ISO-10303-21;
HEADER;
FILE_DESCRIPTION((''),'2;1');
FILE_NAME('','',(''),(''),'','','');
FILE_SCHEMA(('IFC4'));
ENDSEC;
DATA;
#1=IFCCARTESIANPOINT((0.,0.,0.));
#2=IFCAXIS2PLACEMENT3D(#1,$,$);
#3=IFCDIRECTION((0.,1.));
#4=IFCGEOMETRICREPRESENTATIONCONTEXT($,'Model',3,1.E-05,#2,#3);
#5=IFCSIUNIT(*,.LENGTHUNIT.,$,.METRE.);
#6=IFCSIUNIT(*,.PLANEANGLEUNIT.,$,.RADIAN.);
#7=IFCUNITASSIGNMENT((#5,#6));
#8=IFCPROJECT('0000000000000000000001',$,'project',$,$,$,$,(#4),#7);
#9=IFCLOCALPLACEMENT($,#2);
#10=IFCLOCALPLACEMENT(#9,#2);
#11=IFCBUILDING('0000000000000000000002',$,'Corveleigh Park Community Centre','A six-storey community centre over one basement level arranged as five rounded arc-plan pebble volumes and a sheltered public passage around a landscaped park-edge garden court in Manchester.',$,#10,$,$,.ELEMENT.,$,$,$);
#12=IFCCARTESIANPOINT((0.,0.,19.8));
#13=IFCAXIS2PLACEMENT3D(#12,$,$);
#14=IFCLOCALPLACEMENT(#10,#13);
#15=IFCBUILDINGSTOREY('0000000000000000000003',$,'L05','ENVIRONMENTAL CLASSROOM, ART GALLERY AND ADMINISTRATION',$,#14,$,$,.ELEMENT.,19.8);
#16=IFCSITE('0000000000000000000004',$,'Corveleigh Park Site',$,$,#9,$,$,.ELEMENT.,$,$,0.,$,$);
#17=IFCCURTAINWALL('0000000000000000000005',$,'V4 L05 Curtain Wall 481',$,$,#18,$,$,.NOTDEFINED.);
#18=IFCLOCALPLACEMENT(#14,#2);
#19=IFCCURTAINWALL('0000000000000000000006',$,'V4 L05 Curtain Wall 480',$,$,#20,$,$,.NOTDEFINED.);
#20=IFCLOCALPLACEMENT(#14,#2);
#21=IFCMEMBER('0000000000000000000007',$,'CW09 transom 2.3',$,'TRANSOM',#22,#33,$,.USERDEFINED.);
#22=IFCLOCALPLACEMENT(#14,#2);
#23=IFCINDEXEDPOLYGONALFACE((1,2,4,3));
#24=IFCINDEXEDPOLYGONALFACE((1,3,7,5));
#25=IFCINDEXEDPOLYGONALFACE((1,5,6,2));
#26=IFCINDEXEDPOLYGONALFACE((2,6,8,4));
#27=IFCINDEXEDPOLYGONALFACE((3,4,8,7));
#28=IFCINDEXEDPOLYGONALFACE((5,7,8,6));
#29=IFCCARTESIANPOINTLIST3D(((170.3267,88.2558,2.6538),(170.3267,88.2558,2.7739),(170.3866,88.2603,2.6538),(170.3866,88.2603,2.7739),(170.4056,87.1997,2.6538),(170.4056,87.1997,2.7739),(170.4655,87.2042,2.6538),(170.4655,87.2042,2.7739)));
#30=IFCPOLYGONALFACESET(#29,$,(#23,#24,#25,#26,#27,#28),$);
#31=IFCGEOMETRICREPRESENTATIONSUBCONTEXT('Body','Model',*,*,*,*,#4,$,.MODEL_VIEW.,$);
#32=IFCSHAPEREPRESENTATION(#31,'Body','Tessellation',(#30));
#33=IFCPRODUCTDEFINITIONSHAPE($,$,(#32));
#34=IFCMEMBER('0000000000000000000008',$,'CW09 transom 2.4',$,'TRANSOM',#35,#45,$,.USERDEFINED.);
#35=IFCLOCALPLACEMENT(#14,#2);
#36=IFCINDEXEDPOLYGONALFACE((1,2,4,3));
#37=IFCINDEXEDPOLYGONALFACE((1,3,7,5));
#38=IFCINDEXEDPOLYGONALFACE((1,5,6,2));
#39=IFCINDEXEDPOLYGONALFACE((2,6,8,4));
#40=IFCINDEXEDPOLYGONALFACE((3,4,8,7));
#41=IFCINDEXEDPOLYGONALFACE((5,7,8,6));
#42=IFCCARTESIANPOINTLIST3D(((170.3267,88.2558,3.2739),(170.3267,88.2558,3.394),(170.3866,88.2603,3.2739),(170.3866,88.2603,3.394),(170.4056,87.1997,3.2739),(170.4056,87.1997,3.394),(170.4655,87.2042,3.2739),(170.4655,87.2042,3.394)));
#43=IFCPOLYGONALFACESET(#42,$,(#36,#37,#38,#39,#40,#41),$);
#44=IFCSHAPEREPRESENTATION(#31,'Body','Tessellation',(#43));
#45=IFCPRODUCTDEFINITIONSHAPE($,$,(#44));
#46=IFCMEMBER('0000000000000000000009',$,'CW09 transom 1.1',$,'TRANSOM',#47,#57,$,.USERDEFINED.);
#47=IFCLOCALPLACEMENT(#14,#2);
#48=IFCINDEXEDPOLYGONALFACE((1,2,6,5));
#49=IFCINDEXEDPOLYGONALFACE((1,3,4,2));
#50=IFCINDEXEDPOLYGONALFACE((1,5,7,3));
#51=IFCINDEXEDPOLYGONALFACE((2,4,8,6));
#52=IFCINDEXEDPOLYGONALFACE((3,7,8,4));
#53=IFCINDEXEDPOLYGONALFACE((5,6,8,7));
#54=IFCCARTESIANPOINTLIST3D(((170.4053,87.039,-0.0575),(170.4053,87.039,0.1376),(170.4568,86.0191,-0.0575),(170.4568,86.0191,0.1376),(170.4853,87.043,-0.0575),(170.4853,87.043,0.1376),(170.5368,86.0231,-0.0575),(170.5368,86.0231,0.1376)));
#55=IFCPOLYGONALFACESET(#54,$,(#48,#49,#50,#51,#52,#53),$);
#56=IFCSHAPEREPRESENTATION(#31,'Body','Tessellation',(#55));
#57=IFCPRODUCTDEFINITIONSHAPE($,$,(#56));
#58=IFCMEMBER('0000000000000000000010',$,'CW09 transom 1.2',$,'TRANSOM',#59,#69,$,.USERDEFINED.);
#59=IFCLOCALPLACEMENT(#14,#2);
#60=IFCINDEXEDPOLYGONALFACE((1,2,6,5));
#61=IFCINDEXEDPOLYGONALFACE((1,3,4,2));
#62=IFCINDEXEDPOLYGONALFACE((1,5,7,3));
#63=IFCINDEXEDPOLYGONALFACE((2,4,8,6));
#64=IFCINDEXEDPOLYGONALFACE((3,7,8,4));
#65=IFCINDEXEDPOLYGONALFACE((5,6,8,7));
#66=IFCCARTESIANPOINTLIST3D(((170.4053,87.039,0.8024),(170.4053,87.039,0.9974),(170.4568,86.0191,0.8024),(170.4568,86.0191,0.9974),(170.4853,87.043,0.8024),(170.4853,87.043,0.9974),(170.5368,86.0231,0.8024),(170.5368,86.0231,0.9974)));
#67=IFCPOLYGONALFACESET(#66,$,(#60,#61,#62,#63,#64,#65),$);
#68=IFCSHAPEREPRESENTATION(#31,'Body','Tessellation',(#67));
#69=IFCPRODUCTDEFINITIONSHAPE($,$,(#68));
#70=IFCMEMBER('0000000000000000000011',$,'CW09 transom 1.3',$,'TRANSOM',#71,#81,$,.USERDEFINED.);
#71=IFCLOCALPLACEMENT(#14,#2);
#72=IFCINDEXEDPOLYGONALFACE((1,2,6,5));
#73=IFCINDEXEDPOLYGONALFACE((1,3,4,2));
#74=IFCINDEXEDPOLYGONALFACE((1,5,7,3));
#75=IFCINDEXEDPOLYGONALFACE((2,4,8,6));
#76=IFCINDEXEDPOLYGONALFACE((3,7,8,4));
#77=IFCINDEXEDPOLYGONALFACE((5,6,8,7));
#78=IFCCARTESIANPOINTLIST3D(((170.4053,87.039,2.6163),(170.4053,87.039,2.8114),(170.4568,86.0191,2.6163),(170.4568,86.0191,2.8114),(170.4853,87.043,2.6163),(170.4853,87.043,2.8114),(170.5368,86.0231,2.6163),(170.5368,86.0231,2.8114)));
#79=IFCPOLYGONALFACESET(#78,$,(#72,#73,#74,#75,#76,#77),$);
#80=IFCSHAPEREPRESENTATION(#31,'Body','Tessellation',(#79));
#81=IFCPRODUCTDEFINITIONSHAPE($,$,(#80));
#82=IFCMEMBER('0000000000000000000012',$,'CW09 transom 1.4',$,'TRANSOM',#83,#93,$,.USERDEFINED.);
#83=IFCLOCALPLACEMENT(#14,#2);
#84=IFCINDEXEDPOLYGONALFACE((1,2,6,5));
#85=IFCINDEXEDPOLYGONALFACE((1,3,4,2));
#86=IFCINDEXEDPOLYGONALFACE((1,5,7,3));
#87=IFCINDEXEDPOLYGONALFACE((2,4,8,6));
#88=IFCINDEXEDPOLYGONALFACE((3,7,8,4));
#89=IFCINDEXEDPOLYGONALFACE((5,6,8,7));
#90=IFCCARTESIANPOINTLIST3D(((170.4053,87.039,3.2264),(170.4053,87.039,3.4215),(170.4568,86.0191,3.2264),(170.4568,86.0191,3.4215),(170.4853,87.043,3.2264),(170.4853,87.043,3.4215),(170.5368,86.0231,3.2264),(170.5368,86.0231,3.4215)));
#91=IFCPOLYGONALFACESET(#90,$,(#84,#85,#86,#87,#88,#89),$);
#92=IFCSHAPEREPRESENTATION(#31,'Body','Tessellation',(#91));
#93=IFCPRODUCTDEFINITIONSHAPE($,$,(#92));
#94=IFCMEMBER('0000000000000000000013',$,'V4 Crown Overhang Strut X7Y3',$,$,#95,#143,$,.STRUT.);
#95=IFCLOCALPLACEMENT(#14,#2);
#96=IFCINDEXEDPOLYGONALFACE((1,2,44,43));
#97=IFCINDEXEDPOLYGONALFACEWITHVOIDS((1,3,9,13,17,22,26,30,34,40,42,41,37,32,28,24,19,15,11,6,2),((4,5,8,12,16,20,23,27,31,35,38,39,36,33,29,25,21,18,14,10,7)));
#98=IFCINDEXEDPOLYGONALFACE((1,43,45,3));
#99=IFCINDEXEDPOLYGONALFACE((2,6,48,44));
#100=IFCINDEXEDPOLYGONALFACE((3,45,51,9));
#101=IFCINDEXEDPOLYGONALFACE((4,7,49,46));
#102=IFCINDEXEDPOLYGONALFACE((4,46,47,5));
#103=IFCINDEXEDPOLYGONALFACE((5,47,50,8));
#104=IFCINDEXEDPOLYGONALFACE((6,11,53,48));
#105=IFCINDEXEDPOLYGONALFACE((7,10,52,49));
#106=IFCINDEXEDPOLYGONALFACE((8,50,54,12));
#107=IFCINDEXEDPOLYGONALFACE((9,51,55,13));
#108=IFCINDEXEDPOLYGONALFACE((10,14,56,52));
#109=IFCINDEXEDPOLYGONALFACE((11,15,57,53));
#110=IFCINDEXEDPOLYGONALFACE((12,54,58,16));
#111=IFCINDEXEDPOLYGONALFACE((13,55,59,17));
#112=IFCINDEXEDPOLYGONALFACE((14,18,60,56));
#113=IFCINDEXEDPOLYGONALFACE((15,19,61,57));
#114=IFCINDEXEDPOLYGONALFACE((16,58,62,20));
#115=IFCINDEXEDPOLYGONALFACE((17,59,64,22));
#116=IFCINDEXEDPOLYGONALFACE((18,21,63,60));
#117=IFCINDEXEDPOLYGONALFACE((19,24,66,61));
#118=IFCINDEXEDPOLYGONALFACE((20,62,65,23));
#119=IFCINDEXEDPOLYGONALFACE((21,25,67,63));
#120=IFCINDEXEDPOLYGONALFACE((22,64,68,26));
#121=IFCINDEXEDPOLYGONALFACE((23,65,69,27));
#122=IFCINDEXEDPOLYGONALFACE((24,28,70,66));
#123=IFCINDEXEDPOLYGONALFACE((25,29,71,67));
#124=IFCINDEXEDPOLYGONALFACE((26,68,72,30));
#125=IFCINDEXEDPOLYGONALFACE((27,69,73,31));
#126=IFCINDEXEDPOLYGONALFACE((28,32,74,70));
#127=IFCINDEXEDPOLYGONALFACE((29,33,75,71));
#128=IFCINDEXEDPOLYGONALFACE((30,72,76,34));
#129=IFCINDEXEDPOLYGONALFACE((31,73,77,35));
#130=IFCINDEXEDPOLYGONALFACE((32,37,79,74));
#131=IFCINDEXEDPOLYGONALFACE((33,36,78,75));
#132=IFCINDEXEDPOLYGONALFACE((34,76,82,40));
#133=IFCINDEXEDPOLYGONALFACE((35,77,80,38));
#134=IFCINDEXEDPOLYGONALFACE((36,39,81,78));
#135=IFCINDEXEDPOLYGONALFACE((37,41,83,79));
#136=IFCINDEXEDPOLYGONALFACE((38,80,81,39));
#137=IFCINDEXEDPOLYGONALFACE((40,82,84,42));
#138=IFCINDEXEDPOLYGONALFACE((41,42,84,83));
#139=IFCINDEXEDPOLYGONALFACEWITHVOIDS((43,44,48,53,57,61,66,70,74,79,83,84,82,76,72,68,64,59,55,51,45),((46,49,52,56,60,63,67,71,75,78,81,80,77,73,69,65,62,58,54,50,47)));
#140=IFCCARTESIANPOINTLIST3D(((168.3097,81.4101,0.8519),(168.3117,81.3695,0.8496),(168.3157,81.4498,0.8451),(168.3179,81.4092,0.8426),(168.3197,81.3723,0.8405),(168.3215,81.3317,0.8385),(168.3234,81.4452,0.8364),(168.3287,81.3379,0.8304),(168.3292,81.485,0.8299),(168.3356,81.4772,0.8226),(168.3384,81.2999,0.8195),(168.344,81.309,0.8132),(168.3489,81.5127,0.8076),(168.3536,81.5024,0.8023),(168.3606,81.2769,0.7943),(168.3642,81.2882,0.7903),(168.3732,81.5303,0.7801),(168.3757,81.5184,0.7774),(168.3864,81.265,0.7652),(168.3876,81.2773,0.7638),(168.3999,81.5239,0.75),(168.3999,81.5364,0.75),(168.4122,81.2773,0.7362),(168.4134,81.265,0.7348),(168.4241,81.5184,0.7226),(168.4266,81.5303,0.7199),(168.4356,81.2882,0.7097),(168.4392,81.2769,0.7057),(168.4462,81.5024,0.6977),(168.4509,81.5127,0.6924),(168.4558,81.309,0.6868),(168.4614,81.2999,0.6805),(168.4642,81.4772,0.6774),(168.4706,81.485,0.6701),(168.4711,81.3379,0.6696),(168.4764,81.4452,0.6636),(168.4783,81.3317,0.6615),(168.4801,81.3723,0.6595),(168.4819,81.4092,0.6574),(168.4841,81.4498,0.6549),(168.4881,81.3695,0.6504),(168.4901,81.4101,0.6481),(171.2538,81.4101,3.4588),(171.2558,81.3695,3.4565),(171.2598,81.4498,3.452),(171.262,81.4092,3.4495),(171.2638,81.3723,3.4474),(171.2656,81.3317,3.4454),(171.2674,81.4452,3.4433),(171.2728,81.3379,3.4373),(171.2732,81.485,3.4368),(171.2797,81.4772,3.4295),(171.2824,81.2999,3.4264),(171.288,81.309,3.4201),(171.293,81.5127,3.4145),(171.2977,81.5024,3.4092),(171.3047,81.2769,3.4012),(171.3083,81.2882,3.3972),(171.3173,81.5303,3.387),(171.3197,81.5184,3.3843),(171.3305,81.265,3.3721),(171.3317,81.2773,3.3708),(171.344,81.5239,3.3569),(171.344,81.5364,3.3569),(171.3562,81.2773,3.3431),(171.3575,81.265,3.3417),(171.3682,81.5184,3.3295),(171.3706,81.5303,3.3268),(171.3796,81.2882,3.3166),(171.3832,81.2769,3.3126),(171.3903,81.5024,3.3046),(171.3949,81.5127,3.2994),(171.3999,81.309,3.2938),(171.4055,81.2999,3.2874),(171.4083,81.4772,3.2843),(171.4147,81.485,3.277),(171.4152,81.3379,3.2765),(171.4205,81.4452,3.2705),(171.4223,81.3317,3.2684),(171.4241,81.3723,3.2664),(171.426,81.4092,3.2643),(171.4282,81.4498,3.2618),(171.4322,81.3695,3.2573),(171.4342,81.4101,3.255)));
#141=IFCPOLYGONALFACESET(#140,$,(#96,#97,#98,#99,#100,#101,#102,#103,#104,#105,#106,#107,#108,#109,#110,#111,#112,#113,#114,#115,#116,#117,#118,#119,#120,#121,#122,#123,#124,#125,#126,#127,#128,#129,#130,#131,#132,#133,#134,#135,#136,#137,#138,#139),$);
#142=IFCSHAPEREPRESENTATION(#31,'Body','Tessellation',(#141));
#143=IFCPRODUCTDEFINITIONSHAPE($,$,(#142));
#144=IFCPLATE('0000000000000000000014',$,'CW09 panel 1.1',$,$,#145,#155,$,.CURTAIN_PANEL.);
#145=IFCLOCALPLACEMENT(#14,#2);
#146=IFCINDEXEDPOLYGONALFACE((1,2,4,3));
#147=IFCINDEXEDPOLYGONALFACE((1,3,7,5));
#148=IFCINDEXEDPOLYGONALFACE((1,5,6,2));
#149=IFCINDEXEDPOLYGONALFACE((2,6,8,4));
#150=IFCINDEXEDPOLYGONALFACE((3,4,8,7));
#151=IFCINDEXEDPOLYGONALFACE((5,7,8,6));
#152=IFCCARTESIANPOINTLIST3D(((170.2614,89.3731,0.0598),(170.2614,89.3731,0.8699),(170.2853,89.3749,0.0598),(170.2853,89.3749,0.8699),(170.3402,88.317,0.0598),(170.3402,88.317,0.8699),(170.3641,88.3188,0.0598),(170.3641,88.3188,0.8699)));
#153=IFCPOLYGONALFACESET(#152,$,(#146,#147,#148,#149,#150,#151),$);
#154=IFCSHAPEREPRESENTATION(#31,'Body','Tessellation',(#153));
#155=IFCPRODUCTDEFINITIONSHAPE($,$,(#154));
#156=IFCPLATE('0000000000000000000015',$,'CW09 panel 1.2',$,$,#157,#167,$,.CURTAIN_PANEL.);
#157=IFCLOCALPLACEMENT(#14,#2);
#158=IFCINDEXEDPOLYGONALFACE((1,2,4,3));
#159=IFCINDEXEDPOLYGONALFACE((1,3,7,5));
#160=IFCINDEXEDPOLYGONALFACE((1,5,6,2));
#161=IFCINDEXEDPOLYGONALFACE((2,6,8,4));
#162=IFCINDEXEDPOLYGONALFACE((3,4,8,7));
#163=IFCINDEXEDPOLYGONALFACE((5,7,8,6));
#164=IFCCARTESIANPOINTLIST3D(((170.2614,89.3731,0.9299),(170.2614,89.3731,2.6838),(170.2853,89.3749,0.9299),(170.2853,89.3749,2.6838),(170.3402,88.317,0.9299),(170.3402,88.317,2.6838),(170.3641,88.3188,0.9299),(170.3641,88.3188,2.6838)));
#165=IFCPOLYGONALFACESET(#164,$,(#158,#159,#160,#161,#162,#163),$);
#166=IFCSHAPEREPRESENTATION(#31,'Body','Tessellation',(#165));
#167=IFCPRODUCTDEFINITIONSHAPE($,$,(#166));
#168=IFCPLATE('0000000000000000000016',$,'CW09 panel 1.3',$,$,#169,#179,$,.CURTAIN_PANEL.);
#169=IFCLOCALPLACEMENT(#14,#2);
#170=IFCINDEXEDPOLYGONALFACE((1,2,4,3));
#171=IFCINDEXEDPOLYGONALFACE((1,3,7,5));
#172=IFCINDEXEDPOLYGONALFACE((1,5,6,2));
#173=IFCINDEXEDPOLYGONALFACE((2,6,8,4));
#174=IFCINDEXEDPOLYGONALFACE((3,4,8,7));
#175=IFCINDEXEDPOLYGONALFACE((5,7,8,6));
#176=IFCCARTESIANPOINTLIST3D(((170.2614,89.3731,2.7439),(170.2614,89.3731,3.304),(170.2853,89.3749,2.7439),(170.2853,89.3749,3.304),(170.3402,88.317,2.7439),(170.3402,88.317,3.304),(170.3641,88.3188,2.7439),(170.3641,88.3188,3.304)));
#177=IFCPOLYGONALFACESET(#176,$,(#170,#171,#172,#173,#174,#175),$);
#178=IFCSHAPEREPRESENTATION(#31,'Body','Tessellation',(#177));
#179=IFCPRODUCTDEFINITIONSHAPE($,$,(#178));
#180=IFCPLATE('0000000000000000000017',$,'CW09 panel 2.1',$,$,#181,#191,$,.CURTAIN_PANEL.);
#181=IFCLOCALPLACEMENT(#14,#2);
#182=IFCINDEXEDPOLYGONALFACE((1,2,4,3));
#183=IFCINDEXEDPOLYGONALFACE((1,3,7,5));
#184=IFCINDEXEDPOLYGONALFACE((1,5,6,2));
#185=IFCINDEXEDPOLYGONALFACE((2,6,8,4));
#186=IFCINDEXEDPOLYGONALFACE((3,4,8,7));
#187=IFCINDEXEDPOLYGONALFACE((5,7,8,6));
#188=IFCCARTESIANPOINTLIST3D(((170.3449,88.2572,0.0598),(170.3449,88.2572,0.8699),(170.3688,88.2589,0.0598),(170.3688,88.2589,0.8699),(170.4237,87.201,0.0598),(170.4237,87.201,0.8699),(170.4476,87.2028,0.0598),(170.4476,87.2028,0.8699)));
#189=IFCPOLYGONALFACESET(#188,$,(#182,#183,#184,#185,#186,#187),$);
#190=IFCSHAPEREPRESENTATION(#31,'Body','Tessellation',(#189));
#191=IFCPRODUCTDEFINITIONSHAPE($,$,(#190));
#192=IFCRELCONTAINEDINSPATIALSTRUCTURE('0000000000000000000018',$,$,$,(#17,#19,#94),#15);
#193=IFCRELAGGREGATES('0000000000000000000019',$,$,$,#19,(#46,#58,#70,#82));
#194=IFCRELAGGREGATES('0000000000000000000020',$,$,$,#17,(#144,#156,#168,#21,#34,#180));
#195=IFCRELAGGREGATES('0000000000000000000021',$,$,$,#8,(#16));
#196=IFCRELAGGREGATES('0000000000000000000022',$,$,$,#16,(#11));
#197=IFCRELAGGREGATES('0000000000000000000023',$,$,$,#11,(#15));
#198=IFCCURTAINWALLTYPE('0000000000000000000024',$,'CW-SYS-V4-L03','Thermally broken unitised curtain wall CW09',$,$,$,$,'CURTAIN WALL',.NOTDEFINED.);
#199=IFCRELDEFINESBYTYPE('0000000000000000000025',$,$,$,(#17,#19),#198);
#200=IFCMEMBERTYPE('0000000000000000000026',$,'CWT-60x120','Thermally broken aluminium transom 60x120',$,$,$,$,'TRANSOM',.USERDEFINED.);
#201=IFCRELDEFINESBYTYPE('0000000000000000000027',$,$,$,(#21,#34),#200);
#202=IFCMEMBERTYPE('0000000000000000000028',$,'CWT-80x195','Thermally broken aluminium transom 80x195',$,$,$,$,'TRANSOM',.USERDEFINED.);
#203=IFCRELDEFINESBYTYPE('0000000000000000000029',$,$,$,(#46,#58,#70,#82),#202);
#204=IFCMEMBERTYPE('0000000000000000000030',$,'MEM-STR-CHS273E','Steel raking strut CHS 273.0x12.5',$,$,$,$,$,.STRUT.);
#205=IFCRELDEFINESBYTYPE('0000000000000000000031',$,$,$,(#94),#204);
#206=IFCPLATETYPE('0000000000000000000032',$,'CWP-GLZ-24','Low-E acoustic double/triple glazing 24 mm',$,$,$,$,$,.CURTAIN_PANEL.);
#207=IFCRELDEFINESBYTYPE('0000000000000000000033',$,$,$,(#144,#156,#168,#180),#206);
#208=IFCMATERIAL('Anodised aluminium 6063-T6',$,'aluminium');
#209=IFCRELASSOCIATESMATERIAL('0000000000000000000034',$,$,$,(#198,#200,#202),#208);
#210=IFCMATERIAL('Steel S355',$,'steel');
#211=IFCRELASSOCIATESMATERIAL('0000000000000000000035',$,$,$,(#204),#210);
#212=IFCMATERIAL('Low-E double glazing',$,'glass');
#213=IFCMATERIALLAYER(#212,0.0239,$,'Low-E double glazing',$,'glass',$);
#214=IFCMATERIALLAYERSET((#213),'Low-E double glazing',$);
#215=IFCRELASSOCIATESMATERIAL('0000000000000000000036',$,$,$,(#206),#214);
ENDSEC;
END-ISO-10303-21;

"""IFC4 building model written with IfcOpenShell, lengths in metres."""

from ifc_helpers import new_model, si_unit, direction, frame, origin, origin_2d, place, context, subcontext, project, spatial, rectangle, hollow_circle, extrude, material, layer, layer_set, material_profile, profile_set, type_object, element, aggregate, save


model = new_model("IFC4")

# Units and contexts
model_context = context("Model", 3, precision=1e-05, world=origin(), true_north=direction((0.0, 1.0)))
body_context = subcontext(model_context, "Body", "Model", "MODEL_VIEW")
ifc_project = project(units=[si_unit("LENGTHUNIT", "METRE"), si_unit("PLANEANGLEUNIT", "RADIAN")], contexts=[model_context])

# Site, building, storey
site_placement = place(None, origin())
site = spatial("IfcSite", under=ifc_project, at=site_placement, Name="Corveleigh Park Site", CompositionType="ELEMENT", RefElevation=0.0)
building_placement = place(site_placement, origin())
building = spatial("IfcBuilding", under=site, at=building_placement, Name="Corveleigh Park Community Centre", Description="A six-storey community centre over one basement level arranged as five rounded arc-plan pebble volumes and a sheltered public passage around a landscaped park-edge garden court in Manchester.", CompositionType="ELEMENT")
storey_placement = place(building_placement, frame((0.0, 0.0, 19.8)))
storey = spatial("IfcBuildingStorey", under=building, at=storey_placement, Name="L05", Description="ENVIRONMENTAL CLASSROOM, ART GALLERY AND ADMINISTRATION", CompositionType="ELEMENT", Elevation=19.8)

# Shared definitions
ifc_material_1 = material(Name="Steel S355", Category="steel")

# Curtain wall
ifc_material_2 = material(Name="Anodised aluminium 6063-T6", Category="aluminium")
curtain_wall_type = type_object("IfcCurtainWallType", Name="CW-SYS-V4-L03", Description="Thermally broken unitised curtain wall CW09", ElementType="CURTAIN WALL", PredefinedType="NOTDEFINED", material=ifc_material_2)
curtain_wall_1_placement = place(storey_placement, origin())
curtain_wall_1 = element("IfcCurtainWall", 1, at=curtain_wall_1_placement, inside=storey, type_object=curtain_wall_type, Name="V4 L05 Curtain Wall 481", PredefinedType="NOTDEFINED")

# Curtain wall
curtain_wall_2_placement = place(storey_placement, origin())
curtain_wall_2 = element("IfcCurtainWall", 2, at=curtain_wall_2_placement, inside=storey, type_object=curtain_wall_type, Name="V4 L05 Curtain Wall 480", PredefinedType="NOTDEFINED")

# Members
ifc_material_profile_1 = material_profile(ifc_material_2, rectangle(XDim=0.0601, YDim=0.1201, at=origin_2d()), Name="ALU-T60x120", Category="aluminium")
ifc_profile_set_1 = profile_set([ifc_material_profile_1], Name="Anodised aluminium 6063-T6")
member_type_1 = type_object("IfcMemberType", Name="CWT-60x120", Description="Thermally broken aluminium transom 60x120", ElementType="TRANSOM", PredefinedType="USERDEFINED", material=ifc_profile_set_1)
member_1_placement = place(storey_placement, frame((170.3567, 88.2581, 2.7139), z_axis=(0.074458, -0.997224, 0.0), x_axis=(0.997224, 0.074458, 0.0)))
member_1 = element("IfcMember", 3, at=member_1_placement, type_object=member_type_1, Name="CW09 transom 2.3", ObjectType="TRANSOM", PredefinedType="USERDEFINED", context=body_context, shape_type="SweptSolid", body=[
    extrude(rectangle(XDim=0.0601, YDim=0.1201, at=origin_2d()), origin(), (0.0, 0.0, 1.0), 1.0591),
])
member_2_placement = place(storey_placement, frame((170.3567, 88.2581, 3.334), z_axis=(0.074458, -0.997224, 0.0), x_axis=(0.997224, 0.074458, 0.0)))
member_2 = element("IfcMember", 4, at=member_2_placement, type_object=member_type_1, Name="CW09 transom 2.4", ObjectType="TRANSOM", PredefinedType="USERDEFINED", context=body_context, shape_type="SweptSolid", body=[
    extrude(rectangle(XDim=0.0601, YDim=0.1201, at=origin_2d()), origin(), (0.0, 0.0, 1.0), 1.0591),
])
ifc_material_profile_2 = material_profile(ifc_material_2, rectangle(XDim=0.0801, YDim=0.1951, at=origin_2d()), Name="ALU-T80x195", Category="aluminium")
ifc_profile_set_2 = profile_set([ifc_material_profile_2], Name="Anodised aluminium 6063-T6")
member_type_2 = type_object("IfcMemberType", Name="CWT-80x195", Description="Thermally broken aluminium transom 80x195", ElementType="TRANSOM", PredefinedType="USERDEFINED", material=ifc_profile_set_2)
member_3_placement = place(storey_placement, frame((170.4453, 87.041, 0.04), z_axis=(0.050438, -0.998727, 0.0), x_axis=(0.998727, 0.050438, 0.0)))
member_3 = element("IfcMember", 5, at=member_3_placement, type_object=member_type_2, Name="CW09 transom 1.1", ObjectType="TRANSOM", PredefinedType="USERDEFINED", context=body_context, shape_type="SweptSolid", body=[
    extrude(rectangle(XDim=0.0801, YDim=0.1951, at=origin_2d()), origin(), (0.0, 0.0, 1.0), 1.0212),
])
member_4_placement = place(storey_placement, frame((170.4453, 87.041, 0.8999), z_axis=(0.050438, -0.998727, 0.0), x_axis=(0.998727, 0.050438, 0.0)))
member_4 = element("IfcMember", 6, at=member_4_placement, type_object=member_type_2, Name="CW09 transom 1.2", ObjectType="TRANSOM", PredefinedType="USERDEFINED", context=body_context, shape_type="SweptSolid", body=[
    extrude(rectangle(XDim=0.0801, YDim=0.1951, at=origin_2d()), origin(), (0.0, 0.0, 1.0), 1.0212),
])
member_5_placement = place(storey_placement, frame((170.4453, 87.041, 2.7139), z_axis=(0.050438, -0.998727, 0.0), x_axis=(0.998727, 0.050438, 0.0)))
member_5 = element("IfcMember", 7, at=member_5_placement, type_object=member_type_2, Name="CW09 transom 1.3", ObjectType="TRANSOM", PredefinedType="USERDEFINED", context=body_context, shape_type="SweptSolid", body=[
    extrude(rectangle(XDim=0.0801, YDim=0.1951, at=origin_2d()), origin(), (0.0, 0.0, 1.0), 1.0212),
])
member_6_placement = place(storey_placement, frame((170.4453, 87.041, 3.324), z_axis=(0.050438, -0.998727, 0.0), x_axis=(0.998727, 0.050438, 0.0)))
member_6 = element("IfcMember", 8, at=member_6_placement, type_object=member_type_2, Name="CW09 transom 1.4", ObjectType="TRANSOM", PredefinedType="USERDEFINED", context=body_context, shape_type="SweptSolid", body=[
    extrude(rectangle(XDim=0.0801, YDim=0.1951, at=origin_2d()), origin(), (0.0, 0.0, 1.0), 1.0212),
])
aggregate(curtain_wall_2, [member_3, member_4, member_5, member_6])
ifc_material_profile_3 = material_profile(ifc_material_1, hollow_circle(Radius=0.1365, WallThickness=0.0125, at=origin_2d()), Name="CHS 273.0x12.5", Category="steel")
ifc_profile_set_3 = profile_set([ifc_material_profile_3], Name="Steel S355")
member_type_3 = type_object("IfcMemberType", Name="MEM-STR-CHS273E", Description="Steel raking strut CHS 273.0x12.5", PredefinedType="STRUT", material=ifc_profile_set_3)
member_7_placement = place(storey_placement, frame((168.3999, 81.3999, 0.75), z_axis=(0.748675, 0.0, 0.662937), x_axis=(0.0, 1.0, 0.0)))
element("IfcMember", 9, at=member_7_placement, inside=storey, type_object=member_type_3, Name="V4 Crown Overhang Strut X7Y3", PredefinedType="STRUT", context=body_context, shape_type="SweptSolid", body=[
    extrude(hollow_circle(Radius=0.1365, WallThickness=0.0125, at=origin_2d()), origin(), (0.0, 0.0, 1.0), 3.9324),
])

# Plates
ifc_material_3 = material(Name="Low-E double glazing", Category="glass")
ifc_layer_1 = layer(ifc_material_3, 0.0239, Name="Low-E double glazing", Category="glass")
ifc_layer_set_1 = layer_set([ifc_layer_1], Name="Low-E double glazing")
plate_type_1 = type_object("IfcPlateType", Name="CWP-GLZ-24", Description="Low-E acoustic double/triple glazing 24 mm", PredefinedType="CURTAIN_PANEL", material=ifc_layer_set_1)
plate_1_placement = place(storey_placement, frame((170.3127, 88.8459, 0.0598), z_axis=(0.0, 0.0, 1.0), x_axis=(0.074401, -0.997228, 0.0)))
plate_1 = element("IfcPlate", 10, at=plate_1_placement, type_object=plate_type_1, Name="CW09 panel 1.1", PredefinedType="CURTAIN_PANEL", context=body_context, shape_type="SweptSolid", body=[
    extrude(rectangle(XDim=1.0591, YDim=0.0239, at=origin_2d()), origin(), (0.0, 0.0, 1.0), 0.8101),
])
plate_2_placement = place(storey_placement, frame((170.3127, 88.8459, 0.9299), z_axis=(0.0, 0.0, 1.0), x_axis=(0.074401, -0.997228, 0.0)))
plate_2 = element("IfcPlate", 11, at=plate_2_placement, type_object=plate_type_1, Name="CW09 panel 1.2", PredefinedType="CURTAIN_PANEL", context=body_context, shape_type="SweptSolid", body=[
    extrude(rectangle(XDim=1.0591, YDim=0.0239, at=origin_2d()), origin(), (0.0, 0.0, 1.0), 1.7539),
])
plate_3_placement = place(storey_placement, frame((170.3127, 88.8459, 2.7439), z_axis=(0.0, 0.0, 1.0), x_axis=(0.074401, -0.997228, 0.0)))
plate_3 = element("IfcPlate", 12, at=plate_3_placement, type_object=plate_type_1, Name="CW09 panel 1.3", PredefinedType="CURTAIN_PANEL", context=body_context, shape_type="SweptSolid", body=[
    extrude(rectangle(XDim=1.0591, YDim=0.0239, at=origin_2d()), origin(), (0.0, 0.0, 1.0), 0.5601),
])
plate_4_placement = place(storey_placement, frame((170.3962, 87.73, 0.0598), z_axis=(0.0, 0.0, 1.0), x_axis=(0.074401, -0.997228, 0.0)))
plate_4 = element("IfcPlate", 13, at=plate_4_placement, type_object=plate_type_1, Name="CW09 panel 2.1", PredefinedType="CURTAIN_PANEL", context=body_context, shape_type="SweptSolid", body=[
    extrude(rectangle(XDim=1.0591, YDim=0.0239, at=origin_2d()), origin(), (0.0, 0.0, 1.0), 0.8101),
])
aggregate(curtain_wall_1, [plate_1, plate_2, plate_3, member_1, member_2, plate_4])

save(model, "model.ifc")
